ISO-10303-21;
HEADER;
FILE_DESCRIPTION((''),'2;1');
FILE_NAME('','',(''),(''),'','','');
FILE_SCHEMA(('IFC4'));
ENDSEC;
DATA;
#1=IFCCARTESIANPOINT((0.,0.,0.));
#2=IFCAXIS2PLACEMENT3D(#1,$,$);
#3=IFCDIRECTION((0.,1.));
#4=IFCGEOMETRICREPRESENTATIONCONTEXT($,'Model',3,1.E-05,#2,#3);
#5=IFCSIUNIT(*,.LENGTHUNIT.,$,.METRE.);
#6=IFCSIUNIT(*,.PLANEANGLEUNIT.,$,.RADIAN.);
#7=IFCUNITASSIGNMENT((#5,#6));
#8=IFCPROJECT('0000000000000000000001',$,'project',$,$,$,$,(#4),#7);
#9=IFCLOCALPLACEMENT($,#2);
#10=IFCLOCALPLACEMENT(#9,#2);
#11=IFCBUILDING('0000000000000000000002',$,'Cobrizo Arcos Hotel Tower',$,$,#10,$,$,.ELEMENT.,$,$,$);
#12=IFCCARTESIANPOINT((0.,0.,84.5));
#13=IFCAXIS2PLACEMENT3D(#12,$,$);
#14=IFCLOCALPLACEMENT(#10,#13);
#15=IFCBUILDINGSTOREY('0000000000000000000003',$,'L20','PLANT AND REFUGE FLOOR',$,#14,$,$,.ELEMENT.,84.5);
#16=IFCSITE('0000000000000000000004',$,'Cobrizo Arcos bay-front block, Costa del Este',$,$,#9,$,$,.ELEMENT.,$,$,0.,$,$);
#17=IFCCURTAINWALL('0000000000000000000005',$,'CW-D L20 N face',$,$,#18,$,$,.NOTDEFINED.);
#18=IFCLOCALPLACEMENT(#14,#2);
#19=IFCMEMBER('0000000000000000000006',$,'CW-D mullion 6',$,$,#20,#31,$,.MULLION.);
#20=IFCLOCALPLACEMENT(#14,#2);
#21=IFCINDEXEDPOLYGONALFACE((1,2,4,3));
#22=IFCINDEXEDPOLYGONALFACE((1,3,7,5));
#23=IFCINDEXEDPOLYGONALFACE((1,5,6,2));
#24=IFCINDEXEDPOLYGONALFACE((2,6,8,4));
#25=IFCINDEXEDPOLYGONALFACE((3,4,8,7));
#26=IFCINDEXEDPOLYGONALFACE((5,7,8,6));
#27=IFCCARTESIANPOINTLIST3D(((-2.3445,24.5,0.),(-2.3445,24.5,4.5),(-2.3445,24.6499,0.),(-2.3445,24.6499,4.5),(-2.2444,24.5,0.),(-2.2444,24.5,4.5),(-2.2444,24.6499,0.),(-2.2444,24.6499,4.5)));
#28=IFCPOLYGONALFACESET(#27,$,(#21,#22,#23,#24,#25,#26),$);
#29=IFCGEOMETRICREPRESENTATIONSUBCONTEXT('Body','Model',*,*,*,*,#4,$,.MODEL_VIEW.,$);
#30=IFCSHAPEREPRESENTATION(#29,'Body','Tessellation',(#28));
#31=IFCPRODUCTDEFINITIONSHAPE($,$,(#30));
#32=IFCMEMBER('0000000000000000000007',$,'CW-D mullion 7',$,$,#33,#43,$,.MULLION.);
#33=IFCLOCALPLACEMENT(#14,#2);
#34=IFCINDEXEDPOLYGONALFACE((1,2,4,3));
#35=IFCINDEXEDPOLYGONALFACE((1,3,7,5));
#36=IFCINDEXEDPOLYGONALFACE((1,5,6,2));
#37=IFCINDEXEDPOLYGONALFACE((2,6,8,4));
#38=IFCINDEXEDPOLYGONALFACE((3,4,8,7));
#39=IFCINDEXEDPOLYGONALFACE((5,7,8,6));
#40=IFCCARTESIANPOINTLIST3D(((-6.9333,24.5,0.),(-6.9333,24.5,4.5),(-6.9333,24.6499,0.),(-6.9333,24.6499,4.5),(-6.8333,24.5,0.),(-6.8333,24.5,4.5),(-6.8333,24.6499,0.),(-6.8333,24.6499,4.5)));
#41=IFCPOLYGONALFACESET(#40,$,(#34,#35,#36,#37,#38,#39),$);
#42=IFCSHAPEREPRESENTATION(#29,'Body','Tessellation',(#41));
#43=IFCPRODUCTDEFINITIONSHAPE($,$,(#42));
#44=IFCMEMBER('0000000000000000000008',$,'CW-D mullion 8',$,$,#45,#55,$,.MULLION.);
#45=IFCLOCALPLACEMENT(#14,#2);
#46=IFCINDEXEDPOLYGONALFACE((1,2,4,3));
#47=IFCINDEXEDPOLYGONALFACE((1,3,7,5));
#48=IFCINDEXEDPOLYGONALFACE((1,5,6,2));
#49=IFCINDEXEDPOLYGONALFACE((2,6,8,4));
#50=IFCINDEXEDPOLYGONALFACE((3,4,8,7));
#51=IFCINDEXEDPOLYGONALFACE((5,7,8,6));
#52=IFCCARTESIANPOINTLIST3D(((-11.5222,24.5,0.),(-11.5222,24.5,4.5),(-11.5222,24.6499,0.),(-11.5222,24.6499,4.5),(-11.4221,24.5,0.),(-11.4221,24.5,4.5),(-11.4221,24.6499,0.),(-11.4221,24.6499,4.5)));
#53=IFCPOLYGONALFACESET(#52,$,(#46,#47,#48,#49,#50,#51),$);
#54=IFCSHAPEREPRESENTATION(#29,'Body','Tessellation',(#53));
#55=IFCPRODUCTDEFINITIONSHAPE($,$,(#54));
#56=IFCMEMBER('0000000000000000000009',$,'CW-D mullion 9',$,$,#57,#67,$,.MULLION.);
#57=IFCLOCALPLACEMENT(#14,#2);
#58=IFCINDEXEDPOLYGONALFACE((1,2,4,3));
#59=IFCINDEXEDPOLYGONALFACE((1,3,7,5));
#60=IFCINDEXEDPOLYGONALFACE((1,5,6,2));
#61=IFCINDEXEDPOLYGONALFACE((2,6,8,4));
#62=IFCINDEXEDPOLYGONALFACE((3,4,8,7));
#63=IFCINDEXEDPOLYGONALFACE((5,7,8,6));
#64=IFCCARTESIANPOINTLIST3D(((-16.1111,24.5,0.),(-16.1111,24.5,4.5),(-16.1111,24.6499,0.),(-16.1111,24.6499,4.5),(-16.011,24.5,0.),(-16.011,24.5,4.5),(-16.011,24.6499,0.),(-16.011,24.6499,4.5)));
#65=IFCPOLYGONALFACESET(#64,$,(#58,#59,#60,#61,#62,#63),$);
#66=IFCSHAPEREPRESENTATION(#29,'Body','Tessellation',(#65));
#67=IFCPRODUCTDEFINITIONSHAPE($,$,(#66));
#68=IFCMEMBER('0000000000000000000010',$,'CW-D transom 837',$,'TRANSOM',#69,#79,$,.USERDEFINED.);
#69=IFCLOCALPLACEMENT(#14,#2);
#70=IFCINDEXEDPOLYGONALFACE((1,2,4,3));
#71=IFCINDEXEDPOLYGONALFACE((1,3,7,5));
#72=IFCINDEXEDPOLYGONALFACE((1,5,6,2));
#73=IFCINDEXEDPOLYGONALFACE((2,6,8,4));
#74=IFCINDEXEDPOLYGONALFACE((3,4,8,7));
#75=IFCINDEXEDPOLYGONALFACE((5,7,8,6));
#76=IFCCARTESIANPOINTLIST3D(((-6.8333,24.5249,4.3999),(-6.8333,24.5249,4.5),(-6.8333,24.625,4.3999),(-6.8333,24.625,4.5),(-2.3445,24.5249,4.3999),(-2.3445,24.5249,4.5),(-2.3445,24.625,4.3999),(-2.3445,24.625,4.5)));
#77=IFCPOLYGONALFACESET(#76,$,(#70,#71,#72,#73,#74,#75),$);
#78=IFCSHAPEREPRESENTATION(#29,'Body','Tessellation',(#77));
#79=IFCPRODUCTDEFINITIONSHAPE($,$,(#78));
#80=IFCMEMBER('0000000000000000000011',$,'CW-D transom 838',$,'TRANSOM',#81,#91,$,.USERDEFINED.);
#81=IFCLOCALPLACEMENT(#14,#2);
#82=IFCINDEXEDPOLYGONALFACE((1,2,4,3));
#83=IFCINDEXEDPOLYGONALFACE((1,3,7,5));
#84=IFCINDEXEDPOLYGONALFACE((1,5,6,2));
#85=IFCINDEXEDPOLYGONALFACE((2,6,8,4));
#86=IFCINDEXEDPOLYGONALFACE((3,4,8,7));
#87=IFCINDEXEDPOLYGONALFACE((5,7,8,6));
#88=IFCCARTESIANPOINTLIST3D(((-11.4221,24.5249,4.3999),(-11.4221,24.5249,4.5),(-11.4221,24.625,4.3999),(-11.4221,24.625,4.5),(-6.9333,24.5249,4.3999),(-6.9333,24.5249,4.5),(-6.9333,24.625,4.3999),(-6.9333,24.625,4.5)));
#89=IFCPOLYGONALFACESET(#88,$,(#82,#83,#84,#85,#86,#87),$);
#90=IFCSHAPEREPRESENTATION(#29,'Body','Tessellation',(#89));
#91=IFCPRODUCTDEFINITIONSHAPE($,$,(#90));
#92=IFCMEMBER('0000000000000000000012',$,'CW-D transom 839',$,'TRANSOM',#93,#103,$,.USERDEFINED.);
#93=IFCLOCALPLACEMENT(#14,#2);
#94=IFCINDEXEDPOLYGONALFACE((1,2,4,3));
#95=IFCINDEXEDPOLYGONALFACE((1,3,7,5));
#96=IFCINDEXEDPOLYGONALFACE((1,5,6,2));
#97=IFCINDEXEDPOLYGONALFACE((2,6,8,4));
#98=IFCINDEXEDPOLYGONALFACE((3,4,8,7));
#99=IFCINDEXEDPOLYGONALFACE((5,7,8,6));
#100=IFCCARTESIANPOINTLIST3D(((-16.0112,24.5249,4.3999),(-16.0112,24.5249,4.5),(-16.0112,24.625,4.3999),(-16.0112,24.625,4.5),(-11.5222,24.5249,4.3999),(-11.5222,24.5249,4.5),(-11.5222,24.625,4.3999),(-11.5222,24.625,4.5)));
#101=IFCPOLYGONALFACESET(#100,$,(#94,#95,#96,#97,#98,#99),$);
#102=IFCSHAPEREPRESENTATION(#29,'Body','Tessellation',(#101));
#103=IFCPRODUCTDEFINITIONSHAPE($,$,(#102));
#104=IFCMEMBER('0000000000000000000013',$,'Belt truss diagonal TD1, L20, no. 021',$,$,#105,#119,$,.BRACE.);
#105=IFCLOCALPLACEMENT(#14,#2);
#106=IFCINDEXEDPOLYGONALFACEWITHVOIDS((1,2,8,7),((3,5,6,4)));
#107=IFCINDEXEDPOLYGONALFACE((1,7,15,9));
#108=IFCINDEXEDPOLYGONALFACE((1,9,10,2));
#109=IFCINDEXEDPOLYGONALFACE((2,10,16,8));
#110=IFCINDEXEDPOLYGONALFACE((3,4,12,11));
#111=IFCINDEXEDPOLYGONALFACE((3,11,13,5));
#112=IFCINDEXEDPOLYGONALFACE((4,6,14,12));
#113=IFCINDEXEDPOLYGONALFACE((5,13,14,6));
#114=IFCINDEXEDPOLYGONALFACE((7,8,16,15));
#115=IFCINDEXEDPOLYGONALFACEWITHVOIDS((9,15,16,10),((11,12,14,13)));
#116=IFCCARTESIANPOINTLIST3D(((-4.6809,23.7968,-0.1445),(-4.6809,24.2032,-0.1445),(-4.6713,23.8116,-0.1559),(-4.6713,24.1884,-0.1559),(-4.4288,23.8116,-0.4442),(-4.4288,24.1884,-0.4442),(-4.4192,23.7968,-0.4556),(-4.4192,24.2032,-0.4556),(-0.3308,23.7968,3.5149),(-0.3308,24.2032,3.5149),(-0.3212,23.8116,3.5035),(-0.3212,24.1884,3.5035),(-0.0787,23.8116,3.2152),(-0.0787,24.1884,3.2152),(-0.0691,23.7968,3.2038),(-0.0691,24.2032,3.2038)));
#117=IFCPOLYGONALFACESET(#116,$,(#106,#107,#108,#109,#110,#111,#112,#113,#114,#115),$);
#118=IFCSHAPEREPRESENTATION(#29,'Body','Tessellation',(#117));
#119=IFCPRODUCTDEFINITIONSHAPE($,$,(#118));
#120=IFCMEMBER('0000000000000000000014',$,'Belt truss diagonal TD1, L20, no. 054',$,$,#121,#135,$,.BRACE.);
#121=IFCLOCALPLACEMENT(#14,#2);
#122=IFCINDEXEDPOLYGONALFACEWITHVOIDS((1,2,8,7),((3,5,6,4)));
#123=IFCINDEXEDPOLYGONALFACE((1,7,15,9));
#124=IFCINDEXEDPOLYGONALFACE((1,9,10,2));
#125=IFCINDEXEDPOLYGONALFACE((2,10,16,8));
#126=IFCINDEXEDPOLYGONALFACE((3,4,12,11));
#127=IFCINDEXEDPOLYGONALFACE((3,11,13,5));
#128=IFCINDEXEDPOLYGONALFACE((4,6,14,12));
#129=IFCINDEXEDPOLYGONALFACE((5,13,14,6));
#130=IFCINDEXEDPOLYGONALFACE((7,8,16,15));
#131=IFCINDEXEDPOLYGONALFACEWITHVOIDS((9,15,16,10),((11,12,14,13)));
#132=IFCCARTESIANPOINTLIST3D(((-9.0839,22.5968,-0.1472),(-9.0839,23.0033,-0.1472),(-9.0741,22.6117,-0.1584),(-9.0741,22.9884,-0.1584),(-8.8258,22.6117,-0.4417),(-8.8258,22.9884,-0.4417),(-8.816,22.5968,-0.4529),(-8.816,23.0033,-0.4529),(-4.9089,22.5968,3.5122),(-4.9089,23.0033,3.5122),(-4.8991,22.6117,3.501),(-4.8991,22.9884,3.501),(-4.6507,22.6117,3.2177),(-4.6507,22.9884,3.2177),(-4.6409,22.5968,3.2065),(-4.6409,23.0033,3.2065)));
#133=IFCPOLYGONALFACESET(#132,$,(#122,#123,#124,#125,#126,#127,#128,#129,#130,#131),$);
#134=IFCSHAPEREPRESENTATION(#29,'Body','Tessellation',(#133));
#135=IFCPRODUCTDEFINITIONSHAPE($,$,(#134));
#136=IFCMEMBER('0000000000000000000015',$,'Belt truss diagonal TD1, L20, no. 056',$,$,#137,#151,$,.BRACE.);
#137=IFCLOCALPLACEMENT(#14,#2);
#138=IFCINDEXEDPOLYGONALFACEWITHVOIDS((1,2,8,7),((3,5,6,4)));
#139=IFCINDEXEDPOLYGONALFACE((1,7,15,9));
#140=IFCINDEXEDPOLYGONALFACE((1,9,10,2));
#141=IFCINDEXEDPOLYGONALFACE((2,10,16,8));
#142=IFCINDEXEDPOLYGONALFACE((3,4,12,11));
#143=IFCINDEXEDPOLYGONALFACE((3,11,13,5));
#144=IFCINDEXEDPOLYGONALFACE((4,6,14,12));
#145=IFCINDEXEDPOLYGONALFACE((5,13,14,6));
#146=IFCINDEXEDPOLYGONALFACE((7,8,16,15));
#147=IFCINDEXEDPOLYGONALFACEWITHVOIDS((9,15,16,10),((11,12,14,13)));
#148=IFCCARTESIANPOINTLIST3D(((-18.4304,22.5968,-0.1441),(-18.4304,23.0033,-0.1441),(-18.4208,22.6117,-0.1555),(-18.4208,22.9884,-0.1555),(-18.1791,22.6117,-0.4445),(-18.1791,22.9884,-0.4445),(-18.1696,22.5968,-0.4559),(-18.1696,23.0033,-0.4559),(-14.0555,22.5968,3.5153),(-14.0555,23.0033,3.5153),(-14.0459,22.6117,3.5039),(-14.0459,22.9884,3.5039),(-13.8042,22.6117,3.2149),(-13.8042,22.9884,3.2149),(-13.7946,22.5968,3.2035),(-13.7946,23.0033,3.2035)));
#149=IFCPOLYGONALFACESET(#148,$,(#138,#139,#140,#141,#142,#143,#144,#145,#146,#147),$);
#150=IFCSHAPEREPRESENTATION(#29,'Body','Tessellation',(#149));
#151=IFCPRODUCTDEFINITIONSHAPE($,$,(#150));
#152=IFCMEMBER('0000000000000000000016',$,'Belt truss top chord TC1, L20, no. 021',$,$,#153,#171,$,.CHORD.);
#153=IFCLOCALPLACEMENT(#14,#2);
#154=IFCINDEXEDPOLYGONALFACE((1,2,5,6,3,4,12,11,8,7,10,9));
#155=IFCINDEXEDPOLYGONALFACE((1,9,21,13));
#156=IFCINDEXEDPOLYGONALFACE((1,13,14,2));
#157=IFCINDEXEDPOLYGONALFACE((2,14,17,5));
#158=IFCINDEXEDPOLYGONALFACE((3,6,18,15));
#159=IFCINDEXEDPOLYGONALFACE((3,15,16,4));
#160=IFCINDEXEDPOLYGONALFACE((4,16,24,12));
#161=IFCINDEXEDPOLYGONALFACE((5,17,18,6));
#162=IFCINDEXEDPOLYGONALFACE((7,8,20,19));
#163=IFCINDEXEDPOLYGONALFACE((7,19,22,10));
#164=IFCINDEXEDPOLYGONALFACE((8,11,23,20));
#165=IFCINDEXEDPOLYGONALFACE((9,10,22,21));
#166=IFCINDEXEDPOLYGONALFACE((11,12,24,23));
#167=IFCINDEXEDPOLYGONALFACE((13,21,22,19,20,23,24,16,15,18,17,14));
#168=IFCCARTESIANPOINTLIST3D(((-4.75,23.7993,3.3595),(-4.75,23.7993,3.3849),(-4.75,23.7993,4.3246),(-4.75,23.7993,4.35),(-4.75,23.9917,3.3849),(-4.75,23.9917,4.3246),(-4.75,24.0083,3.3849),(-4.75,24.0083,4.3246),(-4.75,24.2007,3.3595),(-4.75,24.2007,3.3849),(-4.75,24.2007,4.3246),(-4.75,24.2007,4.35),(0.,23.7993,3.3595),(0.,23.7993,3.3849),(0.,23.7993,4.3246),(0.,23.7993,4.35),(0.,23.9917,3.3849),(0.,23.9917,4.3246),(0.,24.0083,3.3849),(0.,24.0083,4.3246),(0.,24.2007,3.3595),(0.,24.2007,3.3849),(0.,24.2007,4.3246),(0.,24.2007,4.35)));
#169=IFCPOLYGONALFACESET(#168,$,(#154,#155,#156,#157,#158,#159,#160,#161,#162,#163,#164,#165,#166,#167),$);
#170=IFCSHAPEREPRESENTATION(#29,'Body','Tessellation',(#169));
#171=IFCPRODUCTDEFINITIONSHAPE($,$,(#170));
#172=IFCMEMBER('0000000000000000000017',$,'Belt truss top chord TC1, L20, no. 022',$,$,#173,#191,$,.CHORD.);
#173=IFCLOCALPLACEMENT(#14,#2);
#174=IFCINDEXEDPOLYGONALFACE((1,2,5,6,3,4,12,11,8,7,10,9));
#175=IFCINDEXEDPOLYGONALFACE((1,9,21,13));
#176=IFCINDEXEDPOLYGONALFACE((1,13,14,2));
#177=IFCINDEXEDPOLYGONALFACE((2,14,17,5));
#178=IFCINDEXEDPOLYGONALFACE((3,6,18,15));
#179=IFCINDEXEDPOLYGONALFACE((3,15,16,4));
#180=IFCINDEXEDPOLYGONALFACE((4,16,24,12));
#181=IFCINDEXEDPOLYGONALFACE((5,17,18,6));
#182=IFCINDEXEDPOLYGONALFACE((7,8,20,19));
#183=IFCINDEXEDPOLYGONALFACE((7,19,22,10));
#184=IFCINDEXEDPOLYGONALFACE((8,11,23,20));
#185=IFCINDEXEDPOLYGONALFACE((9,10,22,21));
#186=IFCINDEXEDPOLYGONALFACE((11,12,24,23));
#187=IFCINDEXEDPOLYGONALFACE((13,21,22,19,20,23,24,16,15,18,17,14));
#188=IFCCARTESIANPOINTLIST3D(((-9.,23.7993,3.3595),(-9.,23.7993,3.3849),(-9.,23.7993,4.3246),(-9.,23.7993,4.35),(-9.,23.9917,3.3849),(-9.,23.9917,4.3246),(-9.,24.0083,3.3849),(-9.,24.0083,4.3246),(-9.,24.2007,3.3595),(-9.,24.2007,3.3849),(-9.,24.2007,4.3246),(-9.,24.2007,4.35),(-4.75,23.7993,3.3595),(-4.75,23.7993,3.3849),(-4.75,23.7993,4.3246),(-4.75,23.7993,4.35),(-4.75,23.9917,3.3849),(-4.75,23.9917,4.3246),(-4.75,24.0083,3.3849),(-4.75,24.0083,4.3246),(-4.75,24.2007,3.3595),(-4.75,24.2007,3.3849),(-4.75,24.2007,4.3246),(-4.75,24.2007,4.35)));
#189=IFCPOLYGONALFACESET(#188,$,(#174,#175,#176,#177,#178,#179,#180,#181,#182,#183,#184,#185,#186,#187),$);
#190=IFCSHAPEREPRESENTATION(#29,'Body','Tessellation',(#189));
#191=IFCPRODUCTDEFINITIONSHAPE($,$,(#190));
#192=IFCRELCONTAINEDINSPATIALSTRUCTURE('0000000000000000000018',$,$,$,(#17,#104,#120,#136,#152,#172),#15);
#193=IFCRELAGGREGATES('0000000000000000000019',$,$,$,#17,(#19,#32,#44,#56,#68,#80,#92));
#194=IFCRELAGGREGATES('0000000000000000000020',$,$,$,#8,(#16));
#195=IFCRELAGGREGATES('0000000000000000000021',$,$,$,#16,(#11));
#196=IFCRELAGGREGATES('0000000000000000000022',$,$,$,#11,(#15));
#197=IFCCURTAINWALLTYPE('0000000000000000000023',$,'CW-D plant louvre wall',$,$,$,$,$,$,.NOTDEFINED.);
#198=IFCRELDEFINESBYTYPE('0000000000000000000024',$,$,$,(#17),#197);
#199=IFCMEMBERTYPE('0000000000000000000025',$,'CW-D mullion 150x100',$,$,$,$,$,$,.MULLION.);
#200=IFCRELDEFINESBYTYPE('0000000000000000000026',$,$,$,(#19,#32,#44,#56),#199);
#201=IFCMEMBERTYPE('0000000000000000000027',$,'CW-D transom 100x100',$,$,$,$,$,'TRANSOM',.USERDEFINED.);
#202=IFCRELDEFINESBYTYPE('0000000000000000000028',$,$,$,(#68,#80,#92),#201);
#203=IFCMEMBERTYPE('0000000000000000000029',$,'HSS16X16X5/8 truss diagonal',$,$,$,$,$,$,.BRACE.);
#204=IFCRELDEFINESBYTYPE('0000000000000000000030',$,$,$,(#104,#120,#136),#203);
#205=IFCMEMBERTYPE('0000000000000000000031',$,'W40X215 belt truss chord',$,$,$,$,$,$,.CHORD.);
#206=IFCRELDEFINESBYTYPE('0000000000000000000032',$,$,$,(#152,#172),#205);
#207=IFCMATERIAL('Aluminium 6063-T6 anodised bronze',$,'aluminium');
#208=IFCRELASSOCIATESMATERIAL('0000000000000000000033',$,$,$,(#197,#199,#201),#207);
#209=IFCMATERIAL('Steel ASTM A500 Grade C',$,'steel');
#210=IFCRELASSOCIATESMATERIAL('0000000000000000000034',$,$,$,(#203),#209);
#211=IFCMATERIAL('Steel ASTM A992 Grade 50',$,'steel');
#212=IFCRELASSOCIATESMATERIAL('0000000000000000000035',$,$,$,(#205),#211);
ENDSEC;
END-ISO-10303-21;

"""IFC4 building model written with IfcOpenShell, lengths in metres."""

from ifc_helpers import new_model, si_unit, direction, frame, origin, origin_2d, place, context, subcontext, project, spatial, rectangle, hollow_rectangle, i_section, extrude, material, material_profile, profile_set, type_object, element, aggregate, save


model = new_model("IFC4")

# Units and contexts
model_context = context("Model", 3, precision=1e-05, world=origin(), true_north=direction((0.0, 1.0)))
body_context = subcontext(model_context, "Body", "Model", "MODEL_VIEW")
ifc_project = project(units=[si_unit("LENGTHUNIT", "METRE"), si_unit("PLANEANGLEUNIT", "RADIAN")], contexts=[model_context])

# Site, building, storey
site_placement = place(None, origin())
site = spatial("IfcSite", under=ifc_project, at=site_placement, Name="Cobrizo Arcos bay-front block, Costa del Este", CompositionType="ELEMENT", RefElevation=0.0)
building_placement = place(site_placement, origin())
building = spatial("IfcBuilding", under=site, at=building_placement, Name="Cobrizo Arcos Hotel Tower", CompositionType="ELEMENT")
storey_placement = place(building_placement, frame((0.0, 0.0, 84.5)))
storey = spatial("IfcBuildingStorey", under=building, at=storey_placement, Name="L20", Description="PLANT AND REFUGE FLOOR", CompositionType="ELEMENT", Elevation=84.5)

# Curtain wall, members
ifc_material_1 = material(Name="Aluminium 6063-T6 anodised bronze", Category="aluminium")
curtain_wall_type = type_object("IfcCurtainWallType", Name="CW-D plant louvre wall", PredefinedType="NOTDEFINED", material=ifc_material_1)
curtain_wall_placement = place(storey_placement, origin())
curtain_wall = element("IfcCurtainWall", 1, at=curtain_wall_placement, inside=storey, type_object=curtain_wall_type, Name="CW-D L20 N face", PredefinedType="NOTDEFINED")
ifc_material_profile_1 = material_profile(ifc_material_1, rectangle(XDim=0.1499, YDim=0.1001, at=origin_2d()), Name="CW-D mullion 150x100")
ifc_profile_set_1 = profile_set([ifc_material_profile_1], Name="Aluminium 6063-T6 anodised bronze")
member_type_1 = type_object("IfcMemberType", Name="CW-D mullion 150x100", PredefinedType="MULLION", material=ifc_profile_set_1)
member_1_placement = place(storey_placement, frame((-2.2944, 24.575, 0.0), z_axis=(0.0, 0.0, 1.0), x_axis=(0.0, 1.0, 0.0)))
member_1 = element("IfcMember", 2, at=member_1_placement, type_object=member_type_1, Name="CW-D mullion 6", PredefinedType="MULLION", context=body_context, shape_type="SweptSolid", body=[
    extrude(rectangle(XDim=0.1499, YDim=0.1001, at=origin_2d()), origin(), (0.0, 0.0, 1.0), 4.5),
])
member_2_placement = place(storey_placement, frame((-6.8833, 24.575, 0.0), z_axis=(0.0, 0.0, 1.0), x_axis=(0.0, 1.0, 0.0)))
member_2 = element("IfcMember", 3, at=member_2_placement, type_object=member_type_1, Name="CW-D mullion 7", PredefinedType="MULLION", context=body_context, shape_type="SweptSolid", body=[
    extrude(rectangle(XDim=0.1499, YDim=0.1001, at=origin_2d()), origin(), (0.0, 0.0, 1.0), 4.5),
])
member_3_placement = place(storey_placement, frame((-11.4722, 24.575, 0.0), z_axis=(0.0, 0.0, 1.0), x_axis=(0.0, 1.0, 0.0)))
member_3 = element("IfcMember", 4, at=member_3_placement, type_object=member_type_1, Name="CW-D mullion 8", PredefinedType="MULLION", context=body_context, shape_type="SweptSolid", body=[
    extrude(rectangle(XDim=0.1499, YDim=0.1001, at=origin_2d()), origin(), (0.0, 0.0, 1.0), 4.5),
])
member_4_placement = place(storey_placement, frame((-16.061, 24.575, 0.0), z_axis=(0.0, 0.0, 1.0), x_axis=(0.0, 1.0, 0.0)))
member_4 = element("IfcMember", 5, at=member_4_placement, type_object=member_type_1, Name="CW-D mullion 9", PredefinedType="MULLION", context=body_context, shape_type="SweptSolid", body=[
    extrude(rectangle(XDim=0.1499, YDim=0.1001, at=origin_2d()), origin(), (0.0, 0.0, 1.0), 4.5),
])
ifc_material_profile_2 = material_profile(ifc_material_1, rectangle(XDim=0.1001, YDim=0.1001, at=origin_2d()), Name="CW-D transom 100x100")
ifc_profile_set_2 = profile_set([ifc_material_profile_2], Name="Aluminium 6063-T6 anodised bronze")
member_type_2 = type_object("IfcMemberType", Name="CW-D transom 100x100", ElementType="TRANSOM", PredefinedType="USERDEFINED", material=ifc_profile_set_2)
member_5_placement = place(storey_placement, frame((-2.3445, 24.575, 4.45), z_axis=(-1.0, 0.0, 0.0), x_axis=(0.0, -1.0, 0.0)))
member_5 = element("IfcMember", 6, at=member_5_placement, type_object=member_type_2, Name="CW-D transom 837", ObjectType="TRANSOM", PredefinedType="USERDEFINED", context=body_context, shape_type="SweptSolid", body=[
    extrude(rectangle(XDim=0.1001, YDim=0.1001, at=origin_2d()), origin(), (0.0, 0.0, 1.0), 4.4888),
])
member_6_placement = place(storey_placement, frame((-6.9333, 24.575, 4.45), z_axis=(-1.0, 0.0, 0.0), x_axis=(0.0, -1.0, 0.0)))
member_6 = element("IfcMember", 7, at=member_6_placement, type_object=member_type_2, Name="CW-D transom 838", ObjectType="TRANSOM", PredefinedType="USERDEFINED", context=body_context, shape_type="SweptSolid", body=[
    extrude(rectangle(XDim=0.1001, YDim=0.1001, at=origin_2d()), origin(), (0.0, 0.0, 1.0), 4.4888),
])
member_7_placement = place(storey_placement, frame((-11.5222, 24.575, 4.45), z_axis=(-1.0, 0.0, 0.0), x_axis=(0.0, -1.0, 0.0)))
member_7 = element("IfcMember", 8, at=member_7_placement, type_object=member_type_2, Name="CW-D transom 839", ObjectType="TRANSOM", PredefinedType="USERDEFINED", context=body_context, shape_type="SweptSolid", body=[
    extrude(rectangle(XDim=0.1001, YDim=0.1001, at=origin_2d()), origin(), (0.0, 0.0, 1.0), 4.489),
])

# Members
ifc_material_2 = material(Name="Steel ASTM A500 Grade C", Category="steel")
ifc_material_profile_3 = material_profile(ifc_material_2, hollow_rectangle(XDim=0.4065, YDim=0.4065, WallThickness=0.0149, at=origin_2d()), Name="HSS16X16X5/8")
ifc_profile_set_3 = profile_set([ifc_material_profile_3], Name="Steel ASTM A500 Grade C")
member_type_3 = type_object("IfcMemberType", Name="HSS16X16X5/8 truss diagonal", PredefinedType="BRACE", material=ifc_profile_set_3)
member_8_placement = place(storey_placement, frame((-0.2, 24.0, 3.3594), z_axis=(-0.765242, 0.0, -0.643743), x_axis=(0.0, -1.0, 0.0)))
element("IfcMember", 9, at=member_8_placement, inside=storey, type_object=member_type_3, Name="Belt truss diagonal TD1, L20, no. 021", PredefinedType="BRACE", context=body_context, shape_type="SweptSolid", body=[
    extrude(hollow_rectangle(XDim=0.4065, YDim=0.4065, WallThickness=0.0149, at=origin_2d()), origin(), (0.0, 0.0, 1.0), 5.6846),
])
member_9_placement = place(storey_placement, frame((-4.7749, 22.8, 3.3594), z_axis=(-0.752018, 0.0, -0.659143), x_axis=(0.0, -1.0, 0.0)))
element("IfcMember", 10, at=member_9_placement, inside=storey, type_object=member_type_3, Name="Belt truss diagonal TD1, L20, no. 054", PredefinedType="BRACE", context=body_context, shape_type="SweptSolid", body=[
    extrude(hollow_rectangle(XDim=0.4065, YDim=0.4065, WallThickness=0.0149, at=origin_2d()), origin(), (0.0, 0.0, 1.0), 5.5518),
])
member_10_placement = place(storey_placement, frame((-13.925, 22.8, 3.3594), z_axis=(-0.767048, 0.0, -0.64159), x_axis=(0.0, -1.0, 0.0)))
element("IfcMember", 11, at=member_10_placement, inside=storey, type_object=member_type_3, Name="Belt truss diagonal TD1, L20, no. 056", PredefinedType="BRACE", context=body_context, shape_type="SweptSolid", body=[
    extrude(hollow_rectangle(XDim=0.4065, YDim=0.4065, WallThickness=0.0149, at=origin_2d()), origin(), (0.0, 0.0, 1.0), 5.7036),
])
ifc_material_3 = material(Name="Steel ASTM A992 Grade 50", Category="steel")
ifc_material_profile_4 = material_profile(ifc_material_3, i_section(OverallWidth=0.4014, OverallDepth=0.9905, WebThickness=0.0166, FlangeThickness=0.0254, at=origin_2d()), Name="W40X215")
ifc_profile_set_4 = profile_set([ifc_material_profile_4], Name="Steel ASTM A992 Grade 50")
member_type_4 = type_object("IfcMemberType", Name="W40X215 belt truss chord", PredefinedType="CHORD", material=ifc_profile_set_4)
member_11_placement = place(storey_placement, frame((0.0, 24.0, 3.8547), z_axis=(-1.0, 0.0, 0.0), x_axis=(0.0, -1.0, 0.0)))
element("IfcMember", 12, at=member_11_placement, inside=storey, type_object=member_type_4, Name="Belt truss top chord TC1, L20, no. 021", PredefinedType="CHORD", context=body_context, shape_type="SweptSolid", body=[
    extrude(i_section(OverallWidth=0.4014, OverallDepth=0.9905, WebThickness=0.0166, FlangeThickness=0.0254, at=origin_2d()), origin(), (0.0, 0.0, 1.0), 4.75),
])
member_12_placement = place(storey_placement, frame((-4.75, 24.0, 3.8547), z_axis=(-1.0, 0.0, 0.0), x_axis=(0.0, -1.0, 0.0)))
element("IfcMember", 13, at=member_12_placement, inside=storey, type_object=member_type_4, Name="Belt truss top chord TC1, L20, no. 022", PredefinedType="CHORD", context=body_context, shape_type="SweptSolid", body=[
    extrude(i_section(OverallWidth=0.4014, OverallDepth=0.9905, WebThickness=0.0166, FlangeThickness=0.0254, at=origin_2d()), origin(), (0.0, 0.0, 1.0), 4.25),
])

aggregate(curtain_wall, [member_1, member_2, member_3, member_4, member_5, member_6, member_7])

save(model, "model.ifc")
